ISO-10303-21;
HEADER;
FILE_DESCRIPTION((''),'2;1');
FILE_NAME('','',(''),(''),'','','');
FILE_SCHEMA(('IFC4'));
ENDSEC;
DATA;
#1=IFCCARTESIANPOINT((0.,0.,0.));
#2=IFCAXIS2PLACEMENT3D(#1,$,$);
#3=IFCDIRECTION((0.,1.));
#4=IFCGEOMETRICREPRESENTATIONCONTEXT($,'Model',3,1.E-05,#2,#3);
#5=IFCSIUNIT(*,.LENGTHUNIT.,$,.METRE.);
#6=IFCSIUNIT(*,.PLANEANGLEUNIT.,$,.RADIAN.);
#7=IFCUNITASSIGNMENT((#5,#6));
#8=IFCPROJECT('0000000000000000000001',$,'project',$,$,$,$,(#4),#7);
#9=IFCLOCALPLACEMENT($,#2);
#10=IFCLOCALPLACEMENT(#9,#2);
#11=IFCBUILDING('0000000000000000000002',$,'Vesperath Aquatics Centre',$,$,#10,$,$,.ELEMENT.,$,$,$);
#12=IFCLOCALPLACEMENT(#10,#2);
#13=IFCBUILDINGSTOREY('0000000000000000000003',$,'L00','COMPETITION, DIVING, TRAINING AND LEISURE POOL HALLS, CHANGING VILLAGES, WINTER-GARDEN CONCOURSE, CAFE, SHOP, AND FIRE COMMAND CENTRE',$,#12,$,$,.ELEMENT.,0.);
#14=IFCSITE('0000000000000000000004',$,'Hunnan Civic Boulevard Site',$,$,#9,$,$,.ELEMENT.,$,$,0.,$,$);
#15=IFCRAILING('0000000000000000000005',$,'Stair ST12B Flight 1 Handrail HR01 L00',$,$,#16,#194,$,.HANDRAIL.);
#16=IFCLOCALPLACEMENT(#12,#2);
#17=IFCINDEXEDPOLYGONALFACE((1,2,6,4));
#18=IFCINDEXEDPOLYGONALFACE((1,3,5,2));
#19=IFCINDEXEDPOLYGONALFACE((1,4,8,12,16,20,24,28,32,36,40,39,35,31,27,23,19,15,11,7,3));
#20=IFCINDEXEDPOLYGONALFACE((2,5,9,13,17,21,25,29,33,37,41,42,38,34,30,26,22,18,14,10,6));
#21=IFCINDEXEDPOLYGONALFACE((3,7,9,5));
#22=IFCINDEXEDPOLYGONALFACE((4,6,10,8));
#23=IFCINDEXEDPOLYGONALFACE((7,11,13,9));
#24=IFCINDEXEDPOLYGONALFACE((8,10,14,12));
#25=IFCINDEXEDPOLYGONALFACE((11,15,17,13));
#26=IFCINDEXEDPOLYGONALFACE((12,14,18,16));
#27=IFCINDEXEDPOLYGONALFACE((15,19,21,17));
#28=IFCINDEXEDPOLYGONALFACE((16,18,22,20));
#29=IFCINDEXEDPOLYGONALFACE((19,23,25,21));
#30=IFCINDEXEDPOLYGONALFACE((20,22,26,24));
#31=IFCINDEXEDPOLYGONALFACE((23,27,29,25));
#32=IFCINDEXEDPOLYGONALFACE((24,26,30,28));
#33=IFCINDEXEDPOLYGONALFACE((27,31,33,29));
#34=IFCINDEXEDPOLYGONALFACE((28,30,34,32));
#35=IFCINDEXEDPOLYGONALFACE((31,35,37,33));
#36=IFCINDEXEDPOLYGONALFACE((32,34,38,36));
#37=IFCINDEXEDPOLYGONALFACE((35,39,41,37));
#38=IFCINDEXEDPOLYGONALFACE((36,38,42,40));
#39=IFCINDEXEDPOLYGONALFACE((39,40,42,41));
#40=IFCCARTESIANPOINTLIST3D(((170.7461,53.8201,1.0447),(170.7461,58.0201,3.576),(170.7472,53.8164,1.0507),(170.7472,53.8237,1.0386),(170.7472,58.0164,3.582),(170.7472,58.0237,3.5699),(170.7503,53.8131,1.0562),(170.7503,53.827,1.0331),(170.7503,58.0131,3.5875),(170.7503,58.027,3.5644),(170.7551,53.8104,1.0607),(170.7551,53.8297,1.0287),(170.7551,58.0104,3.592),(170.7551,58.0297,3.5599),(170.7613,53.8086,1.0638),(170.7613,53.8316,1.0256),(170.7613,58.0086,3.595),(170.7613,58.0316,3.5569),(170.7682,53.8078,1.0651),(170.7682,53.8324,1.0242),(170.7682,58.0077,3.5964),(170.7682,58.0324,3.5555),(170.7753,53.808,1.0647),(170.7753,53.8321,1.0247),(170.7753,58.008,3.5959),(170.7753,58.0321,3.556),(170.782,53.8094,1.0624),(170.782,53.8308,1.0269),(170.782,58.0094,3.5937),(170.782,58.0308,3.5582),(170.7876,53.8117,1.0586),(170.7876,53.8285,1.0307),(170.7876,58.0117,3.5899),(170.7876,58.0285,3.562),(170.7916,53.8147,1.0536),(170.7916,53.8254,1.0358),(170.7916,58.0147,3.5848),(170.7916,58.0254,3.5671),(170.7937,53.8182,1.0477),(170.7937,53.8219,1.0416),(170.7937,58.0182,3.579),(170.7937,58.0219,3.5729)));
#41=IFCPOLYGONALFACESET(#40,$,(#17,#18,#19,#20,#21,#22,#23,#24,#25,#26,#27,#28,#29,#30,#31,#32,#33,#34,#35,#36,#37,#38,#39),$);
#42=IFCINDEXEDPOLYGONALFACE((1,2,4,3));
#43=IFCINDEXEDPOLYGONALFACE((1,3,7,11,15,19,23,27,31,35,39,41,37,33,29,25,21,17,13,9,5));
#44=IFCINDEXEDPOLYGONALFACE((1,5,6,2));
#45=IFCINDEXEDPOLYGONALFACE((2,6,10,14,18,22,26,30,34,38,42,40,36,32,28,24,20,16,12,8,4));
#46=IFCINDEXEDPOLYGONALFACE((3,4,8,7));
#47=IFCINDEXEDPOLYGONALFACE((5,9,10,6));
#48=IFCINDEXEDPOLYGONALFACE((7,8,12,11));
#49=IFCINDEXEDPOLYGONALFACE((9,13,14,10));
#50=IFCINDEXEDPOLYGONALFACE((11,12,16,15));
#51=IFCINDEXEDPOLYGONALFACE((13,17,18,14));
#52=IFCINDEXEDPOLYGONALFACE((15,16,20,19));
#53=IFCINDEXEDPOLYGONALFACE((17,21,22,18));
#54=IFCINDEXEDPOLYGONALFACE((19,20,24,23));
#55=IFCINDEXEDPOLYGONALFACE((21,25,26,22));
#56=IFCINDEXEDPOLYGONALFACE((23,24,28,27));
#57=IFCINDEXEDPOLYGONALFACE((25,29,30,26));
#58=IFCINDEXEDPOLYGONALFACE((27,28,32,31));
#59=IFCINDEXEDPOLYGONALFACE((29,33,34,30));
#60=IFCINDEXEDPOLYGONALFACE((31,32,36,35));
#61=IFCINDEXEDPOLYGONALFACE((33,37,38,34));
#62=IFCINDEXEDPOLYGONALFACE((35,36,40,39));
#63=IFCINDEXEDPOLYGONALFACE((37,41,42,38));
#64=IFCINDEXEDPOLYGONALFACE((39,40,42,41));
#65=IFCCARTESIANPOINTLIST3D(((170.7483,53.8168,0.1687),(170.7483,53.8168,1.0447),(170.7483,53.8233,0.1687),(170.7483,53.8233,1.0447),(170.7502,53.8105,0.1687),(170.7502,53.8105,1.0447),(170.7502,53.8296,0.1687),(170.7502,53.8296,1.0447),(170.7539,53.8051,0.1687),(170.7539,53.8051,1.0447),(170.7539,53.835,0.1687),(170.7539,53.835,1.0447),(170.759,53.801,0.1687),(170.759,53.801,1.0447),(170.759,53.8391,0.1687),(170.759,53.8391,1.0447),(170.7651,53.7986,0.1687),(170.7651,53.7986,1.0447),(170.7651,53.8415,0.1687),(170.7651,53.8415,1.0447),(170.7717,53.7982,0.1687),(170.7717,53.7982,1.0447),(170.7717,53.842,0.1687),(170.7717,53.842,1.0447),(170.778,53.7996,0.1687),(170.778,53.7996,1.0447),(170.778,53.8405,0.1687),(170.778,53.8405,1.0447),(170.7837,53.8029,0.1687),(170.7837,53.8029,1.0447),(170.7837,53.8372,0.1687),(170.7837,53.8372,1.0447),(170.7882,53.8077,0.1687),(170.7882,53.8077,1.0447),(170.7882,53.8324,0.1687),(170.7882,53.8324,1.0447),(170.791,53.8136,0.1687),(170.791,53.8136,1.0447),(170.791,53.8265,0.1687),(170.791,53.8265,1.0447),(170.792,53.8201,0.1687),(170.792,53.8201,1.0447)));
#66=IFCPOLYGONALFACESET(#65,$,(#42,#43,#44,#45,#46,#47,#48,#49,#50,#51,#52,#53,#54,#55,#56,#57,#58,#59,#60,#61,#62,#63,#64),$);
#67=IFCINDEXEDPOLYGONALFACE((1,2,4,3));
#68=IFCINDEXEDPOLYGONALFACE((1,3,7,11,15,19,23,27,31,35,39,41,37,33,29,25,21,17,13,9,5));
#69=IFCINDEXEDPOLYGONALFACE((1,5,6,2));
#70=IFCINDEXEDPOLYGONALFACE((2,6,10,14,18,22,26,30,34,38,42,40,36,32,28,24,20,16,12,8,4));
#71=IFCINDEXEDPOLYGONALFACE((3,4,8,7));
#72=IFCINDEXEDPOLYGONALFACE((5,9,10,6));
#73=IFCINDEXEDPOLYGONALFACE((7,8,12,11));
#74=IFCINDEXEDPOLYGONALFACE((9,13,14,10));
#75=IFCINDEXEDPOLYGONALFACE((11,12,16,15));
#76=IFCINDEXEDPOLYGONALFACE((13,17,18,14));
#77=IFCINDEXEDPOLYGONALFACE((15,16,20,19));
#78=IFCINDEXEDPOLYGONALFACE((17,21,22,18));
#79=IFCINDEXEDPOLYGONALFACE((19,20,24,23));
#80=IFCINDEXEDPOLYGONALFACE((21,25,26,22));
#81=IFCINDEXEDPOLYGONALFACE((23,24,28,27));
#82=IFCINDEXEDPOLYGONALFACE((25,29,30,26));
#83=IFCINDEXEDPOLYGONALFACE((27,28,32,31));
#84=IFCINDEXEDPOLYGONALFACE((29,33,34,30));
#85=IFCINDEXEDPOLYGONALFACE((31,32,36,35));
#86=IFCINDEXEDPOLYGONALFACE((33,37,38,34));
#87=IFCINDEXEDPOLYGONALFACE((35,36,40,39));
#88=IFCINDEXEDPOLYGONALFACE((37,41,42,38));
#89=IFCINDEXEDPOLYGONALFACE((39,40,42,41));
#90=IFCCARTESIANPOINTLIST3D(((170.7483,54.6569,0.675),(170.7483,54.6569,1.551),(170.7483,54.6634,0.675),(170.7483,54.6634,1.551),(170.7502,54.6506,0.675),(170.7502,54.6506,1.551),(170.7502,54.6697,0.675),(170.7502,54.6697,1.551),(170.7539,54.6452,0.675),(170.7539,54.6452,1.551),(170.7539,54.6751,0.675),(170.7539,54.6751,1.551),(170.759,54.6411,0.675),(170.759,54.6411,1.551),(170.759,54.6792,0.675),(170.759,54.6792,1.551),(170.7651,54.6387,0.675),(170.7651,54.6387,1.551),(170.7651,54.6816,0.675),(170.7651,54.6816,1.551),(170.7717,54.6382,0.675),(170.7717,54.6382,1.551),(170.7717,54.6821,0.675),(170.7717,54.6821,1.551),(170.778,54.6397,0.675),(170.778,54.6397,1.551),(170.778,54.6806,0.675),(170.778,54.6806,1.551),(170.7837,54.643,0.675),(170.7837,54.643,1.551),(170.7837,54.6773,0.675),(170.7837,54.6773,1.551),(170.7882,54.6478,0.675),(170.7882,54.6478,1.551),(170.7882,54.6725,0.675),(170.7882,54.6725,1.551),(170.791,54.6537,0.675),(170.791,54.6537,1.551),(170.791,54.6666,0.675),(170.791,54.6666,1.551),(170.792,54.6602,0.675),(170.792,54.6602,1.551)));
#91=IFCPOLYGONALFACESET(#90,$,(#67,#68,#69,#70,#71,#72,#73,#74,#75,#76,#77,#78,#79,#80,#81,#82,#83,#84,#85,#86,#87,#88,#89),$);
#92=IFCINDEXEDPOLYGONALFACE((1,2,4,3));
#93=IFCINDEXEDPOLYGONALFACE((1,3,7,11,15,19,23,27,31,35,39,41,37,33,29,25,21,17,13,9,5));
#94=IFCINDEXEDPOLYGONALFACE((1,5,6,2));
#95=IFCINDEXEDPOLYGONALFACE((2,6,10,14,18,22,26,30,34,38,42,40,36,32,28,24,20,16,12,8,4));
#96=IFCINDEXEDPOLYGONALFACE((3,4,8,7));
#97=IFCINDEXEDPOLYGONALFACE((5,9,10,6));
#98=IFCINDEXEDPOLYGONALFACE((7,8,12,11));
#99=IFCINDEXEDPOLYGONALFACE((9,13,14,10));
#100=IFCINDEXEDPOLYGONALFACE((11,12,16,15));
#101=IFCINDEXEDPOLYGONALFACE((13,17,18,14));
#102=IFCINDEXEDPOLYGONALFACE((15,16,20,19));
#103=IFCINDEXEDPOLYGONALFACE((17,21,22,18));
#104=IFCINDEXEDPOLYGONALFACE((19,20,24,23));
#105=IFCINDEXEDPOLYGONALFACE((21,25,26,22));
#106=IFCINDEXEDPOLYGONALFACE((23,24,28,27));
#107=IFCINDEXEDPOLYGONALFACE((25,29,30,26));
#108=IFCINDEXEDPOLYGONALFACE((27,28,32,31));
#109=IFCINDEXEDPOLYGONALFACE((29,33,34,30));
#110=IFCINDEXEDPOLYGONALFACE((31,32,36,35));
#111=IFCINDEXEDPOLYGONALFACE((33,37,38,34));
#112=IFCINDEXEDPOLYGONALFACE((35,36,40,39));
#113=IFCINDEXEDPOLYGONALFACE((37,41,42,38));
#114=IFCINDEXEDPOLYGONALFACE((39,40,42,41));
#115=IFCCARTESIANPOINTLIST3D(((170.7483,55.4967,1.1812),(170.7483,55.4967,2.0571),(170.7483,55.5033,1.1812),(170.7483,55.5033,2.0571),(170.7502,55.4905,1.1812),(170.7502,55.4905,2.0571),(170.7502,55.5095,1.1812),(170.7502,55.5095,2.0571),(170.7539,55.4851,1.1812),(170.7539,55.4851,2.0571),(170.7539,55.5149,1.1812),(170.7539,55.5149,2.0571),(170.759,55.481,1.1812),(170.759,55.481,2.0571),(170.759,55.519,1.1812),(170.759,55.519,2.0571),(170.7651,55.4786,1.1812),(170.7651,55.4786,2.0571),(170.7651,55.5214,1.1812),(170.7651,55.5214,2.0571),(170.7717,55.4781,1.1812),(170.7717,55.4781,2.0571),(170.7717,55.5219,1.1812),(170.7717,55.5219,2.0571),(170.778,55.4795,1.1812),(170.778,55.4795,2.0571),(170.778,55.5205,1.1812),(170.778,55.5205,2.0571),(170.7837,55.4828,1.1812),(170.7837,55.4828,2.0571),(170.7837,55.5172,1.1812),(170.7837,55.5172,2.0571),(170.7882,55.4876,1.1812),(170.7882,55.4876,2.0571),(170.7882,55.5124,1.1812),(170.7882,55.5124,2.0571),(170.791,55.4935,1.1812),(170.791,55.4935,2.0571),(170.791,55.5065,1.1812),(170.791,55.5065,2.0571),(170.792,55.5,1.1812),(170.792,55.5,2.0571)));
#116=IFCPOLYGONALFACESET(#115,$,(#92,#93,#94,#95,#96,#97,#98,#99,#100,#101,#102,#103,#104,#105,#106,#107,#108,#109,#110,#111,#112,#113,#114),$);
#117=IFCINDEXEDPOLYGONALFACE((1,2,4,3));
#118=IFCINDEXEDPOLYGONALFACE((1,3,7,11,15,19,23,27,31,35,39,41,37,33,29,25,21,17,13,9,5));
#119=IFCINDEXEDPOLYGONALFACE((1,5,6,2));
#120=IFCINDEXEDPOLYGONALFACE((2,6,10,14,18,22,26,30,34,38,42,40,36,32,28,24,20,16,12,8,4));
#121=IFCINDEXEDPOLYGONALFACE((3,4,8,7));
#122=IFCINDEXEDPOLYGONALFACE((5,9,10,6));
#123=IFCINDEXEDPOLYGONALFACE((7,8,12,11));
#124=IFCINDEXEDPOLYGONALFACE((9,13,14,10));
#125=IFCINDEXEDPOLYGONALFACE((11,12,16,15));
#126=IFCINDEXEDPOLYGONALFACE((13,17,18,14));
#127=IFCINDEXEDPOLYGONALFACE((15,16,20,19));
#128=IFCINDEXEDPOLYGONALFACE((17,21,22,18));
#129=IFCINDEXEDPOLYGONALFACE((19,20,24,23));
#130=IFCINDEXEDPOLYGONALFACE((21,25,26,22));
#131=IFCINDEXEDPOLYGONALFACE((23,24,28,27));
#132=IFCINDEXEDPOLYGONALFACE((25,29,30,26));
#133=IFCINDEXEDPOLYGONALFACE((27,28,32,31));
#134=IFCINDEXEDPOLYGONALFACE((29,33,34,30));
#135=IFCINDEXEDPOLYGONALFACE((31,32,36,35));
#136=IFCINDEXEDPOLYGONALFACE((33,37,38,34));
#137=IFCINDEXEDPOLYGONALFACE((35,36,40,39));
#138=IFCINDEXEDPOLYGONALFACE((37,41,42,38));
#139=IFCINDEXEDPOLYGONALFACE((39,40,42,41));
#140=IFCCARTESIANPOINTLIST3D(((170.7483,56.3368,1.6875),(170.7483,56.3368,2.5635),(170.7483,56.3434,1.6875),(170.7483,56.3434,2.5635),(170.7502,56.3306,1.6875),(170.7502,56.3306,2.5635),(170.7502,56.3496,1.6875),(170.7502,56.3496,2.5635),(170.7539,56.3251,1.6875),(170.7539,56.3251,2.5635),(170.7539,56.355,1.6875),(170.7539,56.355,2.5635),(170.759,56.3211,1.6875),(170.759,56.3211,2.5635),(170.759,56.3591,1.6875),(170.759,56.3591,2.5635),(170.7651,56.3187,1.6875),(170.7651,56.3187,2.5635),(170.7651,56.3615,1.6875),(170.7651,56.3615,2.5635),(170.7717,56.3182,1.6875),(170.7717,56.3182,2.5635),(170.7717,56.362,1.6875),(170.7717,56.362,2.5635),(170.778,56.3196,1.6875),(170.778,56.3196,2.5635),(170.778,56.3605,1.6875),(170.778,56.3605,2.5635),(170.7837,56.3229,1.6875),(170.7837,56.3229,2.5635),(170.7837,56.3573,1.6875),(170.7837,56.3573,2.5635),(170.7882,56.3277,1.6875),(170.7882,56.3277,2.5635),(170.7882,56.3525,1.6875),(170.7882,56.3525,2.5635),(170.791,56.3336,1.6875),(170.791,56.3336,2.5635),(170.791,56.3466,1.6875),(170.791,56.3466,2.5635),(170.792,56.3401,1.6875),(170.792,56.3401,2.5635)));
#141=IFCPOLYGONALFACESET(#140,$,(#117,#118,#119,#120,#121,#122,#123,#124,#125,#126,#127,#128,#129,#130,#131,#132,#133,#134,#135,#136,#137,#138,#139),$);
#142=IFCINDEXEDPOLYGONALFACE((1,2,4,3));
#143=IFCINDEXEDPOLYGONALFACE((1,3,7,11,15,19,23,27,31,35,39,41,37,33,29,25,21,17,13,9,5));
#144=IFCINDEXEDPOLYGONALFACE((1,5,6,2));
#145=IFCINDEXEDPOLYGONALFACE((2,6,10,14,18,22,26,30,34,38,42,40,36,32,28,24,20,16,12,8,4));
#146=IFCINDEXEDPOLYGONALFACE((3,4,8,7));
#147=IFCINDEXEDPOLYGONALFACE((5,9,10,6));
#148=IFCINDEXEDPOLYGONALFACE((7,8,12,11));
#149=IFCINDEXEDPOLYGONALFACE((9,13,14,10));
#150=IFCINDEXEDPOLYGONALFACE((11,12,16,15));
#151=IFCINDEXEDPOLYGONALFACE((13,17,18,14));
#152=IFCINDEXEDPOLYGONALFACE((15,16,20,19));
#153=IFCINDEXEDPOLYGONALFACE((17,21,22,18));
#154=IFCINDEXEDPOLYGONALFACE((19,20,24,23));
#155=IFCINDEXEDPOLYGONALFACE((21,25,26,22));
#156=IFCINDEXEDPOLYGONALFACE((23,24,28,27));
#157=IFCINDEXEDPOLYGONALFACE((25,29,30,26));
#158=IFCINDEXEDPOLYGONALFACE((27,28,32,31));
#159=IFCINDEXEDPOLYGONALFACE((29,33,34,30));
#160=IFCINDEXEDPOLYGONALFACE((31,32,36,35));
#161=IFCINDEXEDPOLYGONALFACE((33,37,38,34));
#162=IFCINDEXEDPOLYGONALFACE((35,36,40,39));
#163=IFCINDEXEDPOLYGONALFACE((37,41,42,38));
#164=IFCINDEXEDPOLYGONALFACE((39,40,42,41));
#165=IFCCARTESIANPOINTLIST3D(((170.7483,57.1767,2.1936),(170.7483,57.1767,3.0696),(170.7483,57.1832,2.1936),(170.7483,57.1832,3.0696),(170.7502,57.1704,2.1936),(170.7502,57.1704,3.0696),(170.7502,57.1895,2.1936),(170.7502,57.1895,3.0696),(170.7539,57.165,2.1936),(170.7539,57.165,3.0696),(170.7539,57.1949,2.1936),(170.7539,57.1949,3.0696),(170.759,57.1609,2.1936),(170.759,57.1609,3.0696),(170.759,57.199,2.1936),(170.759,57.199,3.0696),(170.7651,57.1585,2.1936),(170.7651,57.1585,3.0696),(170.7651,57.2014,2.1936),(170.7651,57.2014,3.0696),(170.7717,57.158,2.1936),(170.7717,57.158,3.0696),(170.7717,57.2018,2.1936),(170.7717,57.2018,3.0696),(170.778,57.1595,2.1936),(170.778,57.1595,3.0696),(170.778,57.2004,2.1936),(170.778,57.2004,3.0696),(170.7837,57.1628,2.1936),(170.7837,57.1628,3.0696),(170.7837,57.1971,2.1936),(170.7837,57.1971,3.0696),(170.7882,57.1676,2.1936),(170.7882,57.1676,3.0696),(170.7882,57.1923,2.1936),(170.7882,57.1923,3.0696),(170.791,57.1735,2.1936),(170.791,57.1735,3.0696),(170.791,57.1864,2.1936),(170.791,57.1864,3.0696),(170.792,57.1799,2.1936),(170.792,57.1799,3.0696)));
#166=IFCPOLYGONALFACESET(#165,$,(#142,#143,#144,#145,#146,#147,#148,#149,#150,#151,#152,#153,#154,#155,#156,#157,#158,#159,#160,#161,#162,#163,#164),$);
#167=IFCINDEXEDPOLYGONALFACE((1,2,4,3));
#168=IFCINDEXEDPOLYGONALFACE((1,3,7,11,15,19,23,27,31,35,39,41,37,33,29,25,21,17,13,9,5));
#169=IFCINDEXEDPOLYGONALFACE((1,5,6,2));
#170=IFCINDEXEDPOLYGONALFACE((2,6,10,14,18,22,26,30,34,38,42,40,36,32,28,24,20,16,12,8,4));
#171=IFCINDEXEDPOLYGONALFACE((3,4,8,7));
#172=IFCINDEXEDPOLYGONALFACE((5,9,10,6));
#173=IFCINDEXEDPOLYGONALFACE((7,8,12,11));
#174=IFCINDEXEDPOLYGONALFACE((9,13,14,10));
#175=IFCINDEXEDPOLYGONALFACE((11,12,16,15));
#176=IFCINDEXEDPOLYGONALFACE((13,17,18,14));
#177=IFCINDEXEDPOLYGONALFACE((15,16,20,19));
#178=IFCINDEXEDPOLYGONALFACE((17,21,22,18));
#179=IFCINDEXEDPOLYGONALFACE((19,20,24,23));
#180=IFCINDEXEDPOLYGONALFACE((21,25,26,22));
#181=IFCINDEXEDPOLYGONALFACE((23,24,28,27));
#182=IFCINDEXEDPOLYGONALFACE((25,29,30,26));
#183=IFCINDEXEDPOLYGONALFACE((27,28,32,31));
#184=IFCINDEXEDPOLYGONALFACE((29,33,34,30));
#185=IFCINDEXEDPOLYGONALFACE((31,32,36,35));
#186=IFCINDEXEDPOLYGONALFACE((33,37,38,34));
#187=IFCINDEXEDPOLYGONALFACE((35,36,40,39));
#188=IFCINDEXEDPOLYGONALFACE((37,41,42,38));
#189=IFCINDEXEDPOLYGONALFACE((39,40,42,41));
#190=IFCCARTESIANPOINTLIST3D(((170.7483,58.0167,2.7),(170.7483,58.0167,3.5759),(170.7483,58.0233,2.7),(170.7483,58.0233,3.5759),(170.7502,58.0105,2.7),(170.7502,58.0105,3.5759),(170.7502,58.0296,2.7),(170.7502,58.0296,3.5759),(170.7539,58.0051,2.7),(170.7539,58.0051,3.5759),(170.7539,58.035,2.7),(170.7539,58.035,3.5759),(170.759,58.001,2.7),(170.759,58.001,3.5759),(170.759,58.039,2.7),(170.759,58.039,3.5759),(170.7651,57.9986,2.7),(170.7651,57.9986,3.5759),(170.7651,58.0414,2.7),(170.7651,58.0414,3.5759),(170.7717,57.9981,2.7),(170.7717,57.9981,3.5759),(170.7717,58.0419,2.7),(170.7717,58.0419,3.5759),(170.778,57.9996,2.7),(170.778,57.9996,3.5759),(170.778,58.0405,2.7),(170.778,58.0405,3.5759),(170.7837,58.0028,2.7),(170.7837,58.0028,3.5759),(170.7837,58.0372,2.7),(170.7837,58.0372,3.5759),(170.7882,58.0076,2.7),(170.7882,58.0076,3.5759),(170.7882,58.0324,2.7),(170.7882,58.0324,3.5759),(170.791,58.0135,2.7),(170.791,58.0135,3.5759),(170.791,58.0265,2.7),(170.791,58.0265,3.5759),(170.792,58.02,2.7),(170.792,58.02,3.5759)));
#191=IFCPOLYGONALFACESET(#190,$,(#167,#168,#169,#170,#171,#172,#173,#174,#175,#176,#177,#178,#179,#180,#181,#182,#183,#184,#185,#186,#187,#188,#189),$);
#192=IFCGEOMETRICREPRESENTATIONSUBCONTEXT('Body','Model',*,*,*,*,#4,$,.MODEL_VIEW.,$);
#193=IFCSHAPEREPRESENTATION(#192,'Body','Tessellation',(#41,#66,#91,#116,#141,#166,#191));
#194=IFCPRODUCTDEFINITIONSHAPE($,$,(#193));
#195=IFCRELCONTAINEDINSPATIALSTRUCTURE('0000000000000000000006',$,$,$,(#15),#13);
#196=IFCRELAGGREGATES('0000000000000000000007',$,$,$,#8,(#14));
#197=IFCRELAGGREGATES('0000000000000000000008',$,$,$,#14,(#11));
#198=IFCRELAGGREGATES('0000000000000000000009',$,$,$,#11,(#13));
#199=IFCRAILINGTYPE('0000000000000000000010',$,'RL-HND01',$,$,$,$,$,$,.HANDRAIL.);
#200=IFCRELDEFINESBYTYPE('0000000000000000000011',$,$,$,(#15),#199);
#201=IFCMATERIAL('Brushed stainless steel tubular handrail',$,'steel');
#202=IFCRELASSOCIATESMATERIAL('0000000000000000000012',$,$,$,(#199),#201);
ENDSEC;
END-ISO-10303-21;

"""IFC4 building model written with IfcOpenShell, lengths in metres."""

from ifc_helpers import new_model, si_unit, direction, frame, origin, origin_2d, place, context, subcontext, project, spatial, circle, extrude, material, type_object, element, save


model = new_model("IFC4")

# Units and contexts
model_context = context("Model", 3, precision=1e-05, world=origin(), true_north=direction((0.0, 1.0)))
body_context = subcontext(model_context, "Body", "Model", "MODEL_VIEW")
ifc_project = project(units=[si_unit("LENGTHUNIT", "METRE"), si_unit("PLANEANGLEUNIT", "RADIAN")], contexts=[model_context])

# Site, building, storey
site_placement = place(None, origin())
site = spatial("IfcSite", under=ifc_project, at=site_placement, Name="Hunnan Civic Boulevard Site", CompositionType="ELEMENT", RefElevation=0.0)
building_placement = place(site_placement, origin())
building = spatial("IfcBuilding", under=site, at=building_placement, Name="Vesperath Aquatics Centre", CompositionType="ELEMENT")
storey_placement = place(building_placement, origin())
storey = spatial("IfcBuildingStorey", under=building, at=storey_placement, Name="L00", Description="COMPETITION, DIVING, TRAINING AND LEISURE POOL HALLS, CHANGING VILLAGES, WINTER-GARDEN CONCOURSE, CAFE, SHOP, AND FIRE COMMAND CENTRE", CompositionType="ELEMENT", Elevation=0.0)

# Railing
ifc_material_1 = material(Name="Brushed stainless steel tubular handrail", Category="steel")
railing_type_1 = type_object("IfcRailingType", Name="RL-HND01", PredefinedType="HANDRAIL", material=ifc_material_1)
railing_1_placement = place(storey_placement, frame((170.77, 53.8201, 0.1687)))
element("IfcRailing", 1, at=railing_1_placement, inside=storey, type_object=railing_type_1, Name="Stair ST12B Flight 1 Handrail HR01 L00", PredefinedType="HANDRAIL", context=body_context, shape_type="SweptSolid", body=[
    extrude(circle(Radius=0.0239, at=origin_2d()), frame((0.0, 0.0, 0.876), z_axis=(0.0, 0.856476, 0.516186), x_axis=(-1.0, 0.0, 0.0)), (0.0, 0.0, 1.0), 4.9038),
    extrude(circle(Radius=0.022, at=origin_2d()), origin(), (0.0, 0.0, 1.0), 0.876),
    extrude(circle(Radius=0.022, at=origin_2d()), frame((0.0, 0.8401, 0.5063)), (0.0, 0.0, 1.0), 0.876),
    extrude(circle(Radius=0.022, at=origin_2d()), frame((0.0, 1.6799, 1.0125)), (0.0, 0.0, 1.0), 0.876),
    extrude(circle(Radius=0.022, at=origin_2d()), frame((0.0, 2.52, 1.5188)), (0.0, 0.0, 1.0), 0.876),
    extrude(circle(Radius=0.022, at=origin_2d()), frame((0.0, 3.3599, 2.0249)), (0.0, 0.0, 1.0), 0.876),
    extrude(circle(Radius=0.022, at=origin_2d()), frame((0.0, 4.2, 2.5312)), (0.0, 0.0, 1.0), 0.876),
])

save(model, "model.ifc")
